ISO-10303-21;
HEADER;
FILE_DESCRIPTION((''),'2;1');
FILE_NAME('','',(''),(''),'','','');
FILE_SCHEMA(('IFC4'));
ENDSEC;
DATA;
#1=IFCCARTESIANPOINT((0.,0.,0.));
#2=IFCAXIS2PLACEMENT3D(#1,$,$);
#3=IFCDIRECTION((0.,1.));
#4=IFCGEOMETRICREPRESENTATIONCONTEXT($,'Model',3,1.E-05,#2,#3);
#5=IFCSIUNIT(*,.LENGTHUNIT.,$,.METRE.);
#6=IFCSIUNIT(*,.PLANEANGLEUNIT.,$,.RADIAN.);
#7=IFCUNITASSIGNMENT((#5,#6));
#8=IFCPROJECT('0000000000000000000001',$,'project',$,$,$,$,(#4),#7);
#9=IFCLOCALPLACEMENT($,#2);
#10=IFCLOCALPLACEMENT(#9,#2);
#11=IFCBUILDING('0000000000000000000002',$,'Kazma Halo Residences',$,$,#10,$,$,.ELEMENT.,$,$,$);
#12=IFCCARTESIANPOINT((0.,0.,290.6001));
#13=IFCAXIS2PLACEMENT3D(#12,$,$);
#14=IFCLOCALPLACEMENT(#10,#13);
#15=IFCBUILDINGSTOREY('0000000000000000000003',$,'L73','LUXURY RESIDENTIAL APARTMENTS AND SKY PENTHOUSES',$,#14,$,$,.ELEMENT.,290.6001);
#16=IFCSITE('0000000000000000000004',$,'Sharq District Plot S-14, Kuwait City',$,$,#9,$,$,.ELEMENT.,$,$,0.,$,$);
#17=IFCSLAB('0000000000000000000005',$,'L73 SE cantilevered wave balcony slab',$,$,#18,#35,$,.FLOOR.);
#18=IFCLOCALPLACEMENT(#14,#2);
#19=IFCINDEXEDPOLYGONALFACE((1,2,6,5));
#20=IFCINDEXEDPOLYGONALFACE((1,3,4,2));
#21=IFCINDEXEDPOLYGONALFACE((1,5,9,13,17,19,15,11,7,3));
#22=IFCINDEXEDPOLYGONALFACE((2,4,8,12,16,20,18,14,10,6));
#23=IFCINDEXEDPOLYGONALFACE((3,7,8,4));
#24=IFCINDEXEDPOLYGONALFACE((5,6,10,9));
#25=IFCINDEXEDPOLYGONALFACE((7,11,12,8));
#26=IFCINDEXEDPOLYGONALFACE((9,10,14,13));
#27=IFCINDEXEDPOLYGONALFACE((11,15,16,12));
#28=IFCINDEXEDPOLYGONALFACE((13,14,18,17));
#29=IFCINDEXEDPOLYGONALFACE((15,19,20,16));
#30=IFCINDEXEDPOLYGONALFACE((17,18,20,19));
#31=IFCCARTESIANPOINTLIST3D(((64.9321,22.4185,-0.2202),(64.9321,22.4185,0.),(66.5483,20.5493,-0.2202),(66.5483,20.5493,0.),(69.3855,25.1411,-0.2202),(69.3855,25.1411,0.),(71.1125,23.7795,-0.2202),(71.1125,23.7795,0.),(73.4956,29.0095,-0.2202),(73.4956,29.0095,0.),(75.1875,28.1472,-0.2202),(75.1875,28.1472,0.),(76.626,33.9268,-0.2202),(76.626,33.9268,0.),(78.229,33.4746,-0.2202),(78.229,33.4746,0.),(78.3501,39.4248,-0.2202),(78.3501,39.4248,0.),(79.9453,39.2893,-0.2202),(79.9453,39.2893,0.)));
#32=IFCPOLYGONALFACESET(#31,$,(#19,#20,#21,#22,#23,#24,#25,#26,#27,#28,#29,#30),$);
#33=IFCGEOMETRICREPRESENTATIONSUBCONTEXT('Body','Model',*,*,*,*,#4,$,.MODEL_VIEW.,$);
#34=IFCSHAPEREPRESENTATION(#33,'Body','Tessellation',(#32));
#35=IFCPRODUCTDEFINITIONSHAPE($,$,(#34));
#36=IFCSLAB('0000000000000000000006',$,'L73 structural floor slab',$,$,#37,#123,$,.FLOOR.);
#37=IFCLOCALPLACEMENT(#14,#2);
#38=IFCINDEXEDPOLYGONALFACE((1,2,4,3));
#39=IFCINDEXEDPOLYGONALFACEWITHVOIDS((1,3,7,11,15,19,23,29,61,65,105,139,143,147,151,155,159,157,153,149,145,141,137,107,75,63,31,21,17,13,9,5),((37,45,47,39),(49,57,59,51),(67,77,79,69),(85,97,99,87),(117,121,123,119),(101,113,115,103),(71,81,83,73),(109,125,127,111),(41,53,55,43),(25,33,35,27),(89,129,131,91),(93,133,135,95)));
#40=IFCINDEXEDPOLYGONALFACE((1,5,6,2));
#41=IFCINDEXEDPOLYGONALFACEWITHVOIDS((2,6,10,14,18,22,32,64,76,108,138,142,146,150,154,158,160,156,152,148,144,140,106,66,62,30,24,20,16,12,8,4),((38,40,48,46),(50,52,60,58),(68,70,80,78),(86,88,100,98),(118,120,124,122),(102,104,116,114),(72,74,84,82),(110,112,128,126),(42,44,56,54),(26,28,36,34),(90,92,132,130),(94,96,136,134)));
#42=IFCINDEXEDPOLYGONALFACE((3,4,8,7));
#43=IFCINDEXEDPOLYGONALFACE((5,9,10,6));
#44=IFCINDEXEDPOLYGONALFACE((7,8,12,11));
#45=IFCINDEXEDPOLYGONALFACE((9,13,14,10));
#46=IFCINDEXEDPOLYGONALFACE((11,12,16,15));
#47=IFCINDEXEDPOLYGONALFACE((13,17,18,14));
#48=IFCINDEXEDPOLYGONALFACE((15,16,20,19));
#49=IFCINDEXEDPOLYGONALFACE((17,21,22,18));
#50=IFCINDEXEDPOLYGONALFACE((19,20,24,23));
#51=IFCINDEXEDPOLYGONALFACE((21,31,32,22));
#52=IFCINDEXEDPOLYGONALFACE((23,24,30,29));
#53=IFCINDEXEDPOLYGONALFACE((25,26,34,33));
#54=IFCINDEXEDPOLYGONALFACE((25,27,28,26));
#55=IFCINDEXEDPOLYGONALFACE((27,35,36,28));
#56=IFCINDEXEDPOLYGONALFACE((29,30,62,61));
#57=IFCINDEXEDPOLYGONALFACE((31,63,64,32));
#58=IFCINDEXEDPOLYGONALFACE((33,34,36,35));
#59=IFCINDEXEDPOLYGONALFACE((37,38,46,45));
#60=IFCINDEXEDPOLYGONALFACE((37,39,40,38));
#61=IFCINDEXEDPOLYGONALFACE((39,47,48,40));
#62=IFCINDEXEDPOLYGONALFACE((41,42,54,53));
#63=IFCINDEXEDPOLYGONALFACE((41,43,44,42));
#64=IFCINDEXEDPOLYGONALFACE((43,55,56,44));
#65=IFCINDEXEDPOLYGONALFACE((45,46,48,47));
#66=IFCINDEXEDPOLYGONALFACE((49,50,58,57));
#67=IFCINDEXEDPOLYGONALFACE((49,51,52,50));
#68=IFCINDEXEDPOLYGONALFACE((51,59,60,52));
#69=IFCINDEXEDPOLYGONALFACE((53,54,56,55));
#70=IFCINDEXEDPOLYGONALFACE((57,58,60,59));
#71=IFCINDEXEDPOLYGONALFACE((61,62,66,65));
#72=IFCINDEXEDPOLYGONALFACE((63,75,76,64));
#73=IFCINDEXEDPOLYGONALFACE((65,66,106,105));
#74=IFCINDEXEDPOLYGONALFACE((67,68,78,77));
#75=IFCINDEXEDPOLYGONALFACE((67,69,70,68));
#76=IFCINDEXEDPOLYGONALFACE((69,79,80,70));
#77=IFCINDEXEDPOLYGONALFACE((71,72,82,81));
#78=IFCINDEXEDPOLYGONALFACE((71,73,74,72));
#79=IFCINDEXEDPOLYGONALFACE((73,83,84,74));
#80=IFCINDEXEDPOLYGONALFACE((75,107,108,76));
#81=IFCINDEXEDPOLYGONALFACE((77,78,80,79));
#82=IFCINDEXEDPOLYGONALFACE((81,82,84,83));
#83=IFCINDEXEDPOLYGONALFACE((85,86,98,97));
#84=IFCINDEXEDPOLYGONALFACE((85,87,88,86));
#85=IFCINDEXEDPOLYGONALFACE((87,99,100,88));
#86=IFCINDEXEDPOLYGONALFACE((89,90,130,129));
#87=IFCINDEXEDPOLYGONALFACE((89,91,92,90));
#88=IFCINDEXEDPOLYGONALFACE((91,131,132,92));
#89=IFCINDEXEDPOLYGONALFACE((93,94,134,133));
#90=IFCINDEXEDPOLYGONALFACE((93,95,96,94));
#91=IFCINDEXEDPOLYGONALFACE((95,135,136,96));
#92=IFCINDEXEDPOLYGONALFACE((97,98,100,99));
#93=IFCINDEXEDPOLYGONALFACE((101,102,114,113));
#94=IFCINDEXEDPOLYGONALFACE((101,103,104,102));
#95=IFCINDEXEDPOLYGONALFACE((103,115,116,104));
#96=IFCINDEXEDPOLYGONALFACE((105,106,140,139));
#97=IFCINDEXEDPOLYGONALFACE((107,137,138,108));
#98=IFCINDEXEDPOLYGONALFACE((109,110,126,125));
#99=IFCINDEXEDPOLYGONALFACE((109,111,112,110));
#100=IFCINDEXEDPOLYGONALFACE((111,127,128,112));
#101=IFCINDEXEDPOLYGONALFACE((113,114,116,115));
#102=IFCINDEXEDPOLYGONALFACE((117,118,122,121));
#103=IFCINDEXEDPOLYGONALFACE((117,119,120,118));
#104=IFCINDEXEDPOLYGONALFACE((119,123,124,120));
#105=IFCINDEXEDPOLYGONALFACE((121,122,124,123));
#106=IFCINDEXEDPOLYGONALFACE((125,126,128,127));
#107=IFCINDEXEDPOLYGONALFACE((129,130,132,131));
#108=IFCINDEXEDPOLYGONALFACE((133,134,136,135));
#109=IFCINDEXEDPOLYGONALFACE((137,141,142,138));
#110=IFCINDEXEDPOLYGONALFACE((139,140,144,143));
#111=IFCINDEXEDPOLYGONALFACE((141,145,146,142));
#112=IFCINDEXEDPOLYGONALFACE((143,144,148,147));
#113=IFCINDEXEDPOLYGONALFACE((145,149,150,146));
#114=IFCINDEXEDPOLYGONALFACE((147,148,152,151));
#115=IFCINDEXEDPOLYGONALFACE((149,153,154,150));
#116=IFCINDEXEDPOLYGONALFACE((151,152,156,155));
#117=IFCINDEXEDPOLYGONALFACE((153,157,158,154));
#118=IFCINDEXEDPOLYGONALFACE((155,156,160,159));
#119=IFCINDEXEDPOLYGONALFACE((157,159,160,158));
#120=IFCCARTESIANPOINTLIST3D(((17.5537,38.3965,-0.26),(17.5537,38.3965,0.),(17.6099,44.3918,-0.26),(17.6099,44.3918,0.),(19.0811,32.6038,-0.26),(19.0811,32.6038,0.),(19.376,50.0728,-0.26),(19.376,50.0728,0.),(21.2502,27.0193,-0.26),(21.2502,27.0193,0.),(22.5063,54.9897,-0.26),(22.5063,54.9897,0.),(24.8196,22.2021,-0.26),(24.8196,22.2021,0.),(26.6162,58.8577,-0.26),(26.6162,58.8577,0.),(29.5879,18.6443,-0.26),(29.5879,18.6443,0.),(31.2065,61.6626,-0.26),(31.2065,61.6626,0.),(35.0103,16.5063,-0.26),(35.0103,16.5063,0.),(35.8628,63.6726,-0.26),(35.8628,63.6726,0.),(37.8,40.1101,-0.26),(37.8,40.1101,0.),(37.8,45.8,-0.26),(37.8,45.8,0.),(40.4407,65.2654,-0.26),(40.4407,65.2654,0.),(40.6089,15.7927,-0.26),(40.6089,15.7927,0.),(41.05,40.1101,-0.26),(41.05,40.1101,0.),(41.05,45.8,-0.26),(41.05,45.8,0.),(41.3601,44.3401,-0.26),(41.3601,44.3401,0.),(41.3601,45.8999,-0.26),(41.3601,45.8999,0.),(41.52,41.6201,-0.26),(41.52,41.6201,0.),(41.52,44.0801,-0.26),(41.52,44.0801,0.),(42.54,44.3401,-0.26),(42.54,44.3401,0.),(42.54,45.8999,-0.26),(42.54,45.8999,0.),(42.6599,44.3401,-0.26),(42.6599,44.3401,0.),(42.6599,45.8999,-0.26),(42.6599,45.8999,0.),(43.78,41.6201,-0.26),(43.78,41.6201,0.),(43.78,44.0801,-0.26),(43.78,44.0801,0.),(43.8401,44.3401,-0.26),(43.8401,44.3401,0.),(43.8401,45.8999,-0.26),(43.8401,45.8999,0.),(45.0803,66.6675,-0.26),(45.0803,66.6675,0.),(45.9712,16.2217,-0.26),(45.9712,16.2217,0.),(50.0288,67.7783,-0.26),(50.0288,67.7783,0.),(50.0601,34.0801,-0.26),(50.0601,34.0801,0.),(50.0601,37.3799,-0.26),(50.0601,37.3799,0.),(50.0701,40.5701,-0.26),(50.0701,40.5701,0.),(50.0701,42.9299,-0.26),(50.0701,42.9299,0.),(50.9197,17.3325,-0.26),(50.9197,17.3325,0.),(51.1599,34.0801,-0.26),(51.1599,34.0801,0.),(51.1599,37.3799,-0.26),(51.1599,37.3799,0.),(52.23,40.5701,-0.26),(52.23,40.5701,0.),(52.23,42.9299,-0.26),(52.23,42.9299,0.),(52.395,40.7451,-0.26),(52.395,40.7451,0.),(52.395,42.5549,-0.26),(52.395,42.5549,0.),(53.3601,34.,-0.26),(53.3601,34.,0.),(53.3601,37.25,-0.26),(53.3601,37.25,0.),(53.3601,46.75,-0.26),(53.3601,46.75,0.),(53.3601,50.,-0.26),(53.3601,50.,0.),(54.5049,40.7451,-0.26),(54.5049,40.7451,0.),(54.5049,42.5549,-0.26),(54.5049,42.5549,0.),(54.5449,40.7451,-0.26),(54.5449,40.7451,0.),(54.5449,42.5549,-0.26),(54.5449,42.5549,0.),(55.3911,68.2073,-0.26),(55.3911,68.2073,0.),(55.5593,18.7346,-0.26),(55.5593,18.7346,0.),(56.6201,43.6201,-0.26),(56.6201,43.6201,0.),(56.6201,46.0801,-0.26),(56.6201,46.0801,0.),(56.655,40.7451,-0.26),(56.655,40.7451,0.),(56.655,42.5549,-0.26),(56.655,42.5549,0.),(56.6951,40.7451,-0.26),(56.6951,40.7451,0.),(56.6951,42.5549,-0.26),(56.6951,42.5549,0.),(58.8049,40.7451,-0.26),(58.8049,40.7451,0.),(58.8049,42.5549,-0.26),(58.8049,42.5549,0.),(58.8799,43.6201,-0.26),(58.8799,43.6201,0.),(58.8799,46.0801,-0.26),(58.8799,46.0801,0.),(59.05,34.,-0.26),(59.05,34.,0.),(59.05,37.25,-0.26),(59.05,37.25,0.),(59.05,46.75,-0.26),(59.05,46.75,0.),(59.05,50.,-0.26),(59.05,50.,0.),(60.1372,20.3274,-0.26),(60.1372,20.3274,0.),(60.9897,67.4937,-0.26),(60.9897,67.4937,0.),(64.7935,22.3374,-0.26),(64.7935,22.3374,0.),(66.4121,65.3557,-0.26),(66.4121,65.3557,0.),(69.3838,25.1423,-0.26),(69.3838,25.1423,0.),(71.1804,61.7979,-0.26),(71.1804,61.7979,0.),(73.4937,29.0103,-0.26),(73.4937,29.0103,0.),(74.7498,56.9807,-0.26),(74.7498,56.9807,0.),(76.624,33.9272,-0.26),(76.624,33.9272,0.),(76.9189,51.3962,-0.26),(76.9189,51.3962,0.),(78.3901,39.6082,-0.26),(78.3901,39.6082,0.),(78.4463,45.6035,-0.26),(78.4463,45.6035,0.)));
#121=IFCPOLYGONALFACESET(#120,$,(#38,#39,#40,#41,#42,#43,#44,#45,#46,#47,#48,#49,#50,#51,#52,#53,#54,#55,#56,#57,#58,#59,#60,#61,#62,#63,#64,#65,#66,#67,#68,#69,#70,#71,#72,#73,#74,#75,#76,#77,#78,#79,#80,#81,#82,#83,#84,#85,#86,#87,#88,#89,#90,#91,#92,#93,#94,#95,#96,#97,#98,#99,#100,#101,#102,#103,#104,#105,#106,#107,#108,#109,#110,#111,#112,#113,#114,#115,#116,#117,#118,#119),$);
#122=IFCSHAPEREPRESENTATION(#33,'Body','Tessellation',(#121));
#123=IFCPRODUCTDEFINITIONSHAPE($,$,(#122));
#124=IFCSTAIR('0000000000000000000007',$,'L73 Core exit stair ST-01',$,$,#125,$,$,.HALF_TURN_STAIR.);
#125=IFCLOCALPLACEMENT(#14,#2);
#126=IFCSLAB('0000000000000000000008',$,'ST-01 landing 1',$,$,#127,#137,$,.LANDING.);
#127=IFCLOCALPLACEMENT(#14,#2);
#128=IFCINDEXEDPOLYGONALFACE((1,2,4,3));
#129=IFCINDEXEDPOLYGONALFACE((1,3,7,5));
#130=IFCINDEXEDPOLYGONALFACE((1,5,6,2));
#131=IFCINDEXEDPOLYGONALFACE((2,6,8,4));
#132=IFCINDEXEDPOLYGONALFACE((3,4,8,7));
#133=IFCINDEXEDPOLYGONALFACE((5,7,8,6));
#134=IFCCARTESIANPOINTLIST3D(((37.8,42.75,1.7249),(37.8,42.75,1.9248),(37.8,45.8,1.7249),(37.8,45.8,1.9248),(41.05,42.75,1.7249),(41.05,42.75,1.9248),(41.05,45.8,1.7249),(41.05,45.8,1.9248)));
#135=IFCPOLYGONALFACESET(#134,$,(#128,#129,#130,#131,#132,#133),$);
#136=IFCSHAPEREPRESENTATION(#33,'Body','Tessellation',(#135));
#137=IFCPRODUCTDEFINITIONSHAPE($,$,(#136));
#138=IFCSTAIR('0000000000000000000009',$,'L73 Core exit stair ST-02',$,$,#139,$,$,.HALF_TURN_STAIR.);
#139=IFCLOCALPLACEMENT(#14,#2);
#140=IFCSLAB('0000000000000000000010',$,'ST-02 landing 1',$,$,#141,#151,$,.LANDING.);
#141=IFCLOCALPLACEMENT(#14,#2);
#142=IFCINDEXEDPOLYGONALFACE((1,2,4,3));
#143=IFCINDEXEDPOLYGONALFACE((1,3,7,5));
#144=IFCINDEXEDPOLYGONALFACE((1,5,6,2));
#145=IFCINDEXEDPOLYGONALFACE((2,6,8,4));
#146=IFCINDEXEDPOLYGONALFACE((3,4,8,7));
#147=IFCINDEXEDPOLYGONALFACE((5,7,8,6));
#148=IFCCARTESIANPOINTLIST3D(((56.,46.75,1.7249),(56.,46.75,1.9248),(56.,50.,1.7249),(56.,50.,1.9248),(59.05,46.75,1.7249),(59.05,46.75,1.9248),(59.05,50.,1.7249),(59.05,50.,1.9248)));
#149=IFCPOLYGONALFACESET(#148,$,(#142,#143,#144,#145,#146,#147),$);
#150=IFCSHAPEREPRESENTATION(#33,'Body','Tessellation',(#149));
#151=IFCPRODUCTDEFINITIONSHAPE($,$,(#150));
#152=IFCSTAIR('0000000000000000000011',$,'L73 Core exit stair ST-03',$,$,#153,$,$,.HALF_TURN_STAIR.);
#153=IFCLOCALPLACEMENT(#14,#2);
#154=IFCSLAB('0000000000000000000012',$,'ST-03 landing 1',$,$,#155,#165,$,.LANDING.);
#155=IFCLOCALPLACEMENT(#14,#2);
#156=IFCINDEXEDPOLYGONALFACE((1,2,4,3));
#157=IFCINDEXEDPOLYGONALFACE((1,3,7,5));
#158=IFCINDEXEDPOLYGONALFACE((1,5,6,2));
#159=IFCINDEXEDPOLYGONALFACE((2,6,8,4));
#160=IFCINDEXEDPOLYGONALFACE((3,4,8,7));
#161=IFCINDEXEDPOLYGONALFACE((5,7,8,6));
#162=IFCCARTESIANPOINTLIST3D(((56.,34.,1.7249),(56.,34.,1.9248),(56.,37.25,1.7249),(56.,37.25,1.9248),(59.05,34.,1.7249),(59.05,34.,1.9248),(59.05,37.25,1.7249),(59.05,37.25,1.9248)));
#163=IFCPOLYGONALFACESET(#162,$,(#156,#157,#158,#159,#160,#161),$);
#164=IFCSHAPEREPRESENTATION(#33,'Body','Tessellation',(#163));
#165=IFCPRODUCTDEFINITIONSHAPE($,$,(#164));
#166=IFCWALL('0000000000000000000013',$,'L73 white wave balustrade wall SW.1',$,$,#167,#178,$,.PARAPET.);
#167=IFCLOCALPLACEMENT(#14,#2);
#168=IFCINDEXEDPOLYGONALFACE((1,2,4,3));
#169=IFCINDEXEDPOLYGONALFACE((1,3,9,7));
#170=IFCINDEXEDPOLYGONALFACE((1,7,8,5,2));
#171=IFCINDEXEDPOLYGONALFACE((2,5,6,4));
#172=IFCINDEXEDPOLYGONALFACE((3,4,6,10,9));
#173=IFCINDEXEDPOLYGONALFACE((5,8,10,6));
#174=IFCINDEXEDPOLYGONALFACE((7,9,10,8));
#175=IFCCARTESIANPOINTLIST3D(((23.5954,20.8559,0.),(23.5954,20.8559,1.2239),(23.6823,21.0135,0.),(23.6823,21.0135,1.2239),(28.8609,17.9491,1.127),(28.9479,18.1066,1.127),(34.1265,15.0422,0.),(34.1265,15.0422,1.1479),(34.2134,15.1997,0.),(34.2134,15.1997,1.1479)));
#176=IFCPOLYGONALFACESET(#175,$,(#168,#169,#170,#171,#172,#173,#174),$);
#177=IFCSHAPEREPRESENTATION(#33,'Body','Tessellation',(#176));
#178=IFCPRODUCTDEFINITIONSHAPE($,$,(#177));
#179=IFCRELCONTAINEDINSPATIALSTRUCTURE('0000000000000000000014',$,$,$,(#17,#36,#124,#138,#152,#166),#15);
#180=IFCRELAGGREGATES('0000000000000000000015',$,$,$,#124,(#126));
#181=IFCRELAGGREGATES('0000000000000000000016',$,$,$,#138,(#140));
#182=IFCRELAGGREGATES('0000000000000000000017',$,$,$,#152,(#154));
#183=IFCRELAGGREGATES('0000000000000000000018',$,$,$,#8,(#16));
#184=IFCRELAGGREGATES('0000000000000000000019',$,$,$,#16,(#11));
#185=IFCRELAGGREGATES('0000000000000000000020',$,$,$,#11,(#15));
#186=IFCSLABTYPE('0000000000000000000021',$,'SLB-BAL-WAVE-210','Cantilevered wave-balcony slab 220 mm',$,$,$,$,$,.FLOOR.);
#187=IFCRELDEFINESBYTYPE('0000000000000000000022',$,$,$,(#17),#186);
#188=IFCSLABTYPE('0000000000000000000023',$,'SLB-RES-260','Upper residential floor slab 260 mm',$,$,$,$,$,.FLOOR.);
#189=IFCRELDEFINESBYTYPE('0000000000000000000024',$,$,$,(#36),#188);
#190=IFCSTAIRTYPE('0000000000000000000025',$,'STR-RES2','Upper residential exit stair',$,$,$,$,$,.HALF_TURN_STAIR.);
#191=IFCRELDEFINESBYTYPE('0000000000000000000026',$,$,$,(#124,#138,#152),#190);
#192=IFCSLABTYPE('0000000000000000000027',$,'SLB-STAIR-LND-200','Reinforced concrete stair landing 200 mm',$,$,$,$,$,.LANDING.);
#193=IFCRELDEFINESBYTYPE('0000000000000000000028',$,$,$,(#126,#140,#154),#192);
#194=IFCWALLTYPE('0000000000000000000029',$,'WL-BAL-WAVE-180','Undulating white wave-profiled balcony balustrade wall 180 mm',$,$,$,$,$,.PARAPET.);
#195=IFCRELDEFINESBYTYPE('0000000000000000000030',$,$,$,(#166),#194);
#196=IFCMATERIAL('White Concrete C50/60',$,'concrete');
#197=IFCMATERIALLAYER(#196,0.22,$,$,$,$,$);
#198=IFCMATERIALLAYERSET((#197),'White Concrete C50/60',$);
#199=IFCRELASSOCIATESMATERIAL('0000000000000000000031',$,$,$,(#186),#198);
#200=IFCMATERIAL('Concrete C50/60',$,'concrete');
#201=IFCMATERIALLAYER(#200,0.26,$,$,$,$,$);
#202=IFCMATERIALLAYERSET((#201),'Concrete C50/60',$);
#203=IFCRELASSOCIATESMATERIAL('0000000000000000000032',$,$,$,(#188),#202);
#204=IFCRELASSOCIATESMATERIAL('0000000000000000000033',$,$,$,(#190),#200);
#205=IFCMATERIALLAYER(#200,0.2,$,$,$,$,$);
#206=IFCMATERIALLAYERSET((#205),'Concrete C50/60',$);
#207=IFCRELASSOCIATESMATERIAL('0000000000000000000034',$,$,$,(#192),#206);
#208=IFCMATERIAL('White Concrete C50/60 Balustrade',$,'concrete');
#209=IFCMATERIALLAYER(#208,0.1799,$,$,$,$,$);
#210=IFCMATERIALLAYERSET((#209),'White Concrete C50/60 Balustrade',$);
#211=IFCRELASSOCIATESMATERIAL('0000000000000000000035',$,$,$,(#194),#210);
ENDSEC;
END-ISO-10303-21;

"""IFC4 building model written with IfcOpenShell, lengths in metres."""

from ifc_helpers import new_model, si_unit, direction, frame, origin, place, context, subcontext, project, spatial, polyline, outline, extrude, material, layer, layer_set, type_object, element, aggregate, save


model = new_model("IFC4")

# Units and contexts
model_context = context("Model", 3, precision=1e-05, world=origin(), true_north=direction((0.0, 1.0)))
body_context = subcontext(model_context, "Body", "Model", "MODEL_VIEW")
ifc_project = project(units=[si_unit("LENGTHUNIT", "METRE"), si_unit("PLANEANGLEUNIT", "RADIAN")], contexts=[model_context])

# Site, building, storey
site_placement = place(None, origin())
site = spatial("IfcSite", under=ifc_project, at=site_placement, Name="Sharq District Plot S-14, Kuwait City", CompositionType="ELEMENT", RefElevation=0.0)
building_placement = place(site_placement, origin())
building = spatial("IfcBuilding", under=site, at=building_placement, Name="Kazma Halo Residences", CompositionType="ELEMENT")
storey_placement = place(building_placement, frame((0.0, 0.0, 290.6001)))
storey = spatial("IfcBuildingStorey", under=building, at=storey_placement, Name="L73", Description="LUXURY RESIDENTIAL APARTMENTS AND SKY PENTHOUSES", CompositionType="ELEMENT", Elevation=290.6001)

# Slabs
ifc_material_1 = material(Name="White Concrete C50/60", Category="concrete")
ifc_layer_1 = layer(ifc_material_1, 0.22)
ifc_layer_set_1 = layer_set([ifc_layer_1], Name="White Concrete C50/60")
slab_type_1 = type_object("IfcSlabType", Name="SLB-BAL-WAVE-210", Description="Cantilevered wave-balcony slab 220 mm", PredefinedType="FLOOR", material=ifc_layer_set_1)
slab_1_placement = place(storey_placement, frame((0.0, 0.0, -0.2202)))
element("IfcSlab", 1, at=slab_1_placement, inside=storey, type_object=slab_type_1, Name="L73 SE cantilevered wave balcony slab", PredefinedType="FLOOR", context=body_context, shape_type="SweptSolid", body=[
    extrude(outline(polyline([(64.9321, 22.4185), (69.3855, 25.1411), (73.4956, 29.0095), (76.626, 33.9268), (78.3501, 39.4248), (79.9453, 39.2893), (78.229, 33.4746), (75.1875, 28.1472), (71.1125, 23.7795), (66.5483, 20.5493), (64.9321, 22.4185)])), origin(), (0.0, 0.0, 1.0), 0.2202),
])
ifc_material_2 = material(Name="Concrete C50/60", Category="concrete")
ifc_layer_2 = layer(ifc_material_2, 0.26)
ifc_layer_set_2 = layer_set([ifc_layer_2], Name="Concrete C50/60")
slab_type_2 = type_object("IfcSlabType", Name="SLB-RES-260", Description="Upper residential floor slab 260 mm", PredefinedType="FLOOR", material=ifc_layer_set_2)
slab_2_placement = place(storey_placement, frame((0.0, 0.0, -0.26)))
element("IfcSlab", 2, at=slab_2_placement, inside=storey, type_object=slab_type_2, Name="L73 structural floor slab", PredefinedType="FLOOR", context=body_context, shape_type="SweptSolid", body=[
    extrude(outline(polyline([(76.9189, 51.3962), (74.7498, 56.9807), (71.1804, 61.7979), (66.4121, 65.3557), (60.9897, 67.4937), (55.3911, 68.2073), (50.0288, 67.7783), (45.0803, 66.6675), (40.4407, 65.2654), (35.8628, 63.6726), (31.2065, 61.6626), (26.6162, 58.8577), (22.5063, 54.9897), (19.376, 50.0728), (17.6099, 44.3918), (17.5537, 38.3965), (19.0811, 32.6038), (21.2502, 27.0193), (24.8196, 22.2021), (29.5879, 18.6443), (35.0103, 16.5063), (40.6089, 15.7927), (45.9712, 16.2217), (50.9197, 17.3325), (55.5593, 18.7346), (60.1372, 20.3274), (64.7935, 22.3374), (69.3838, 25.1423), (73.4937, 29.0103), (76.624, 33.9272), (78.3901, 39.6082), (78.4463, 45.6035), (76.9189, 51.3962)]), holes=[polyline([(37.8, 40.1101), (41.05, 40.1101), (41.05, 45.8), (37.8, 45.8), (37.8, 40.1101)]), polyline([(53.3601, 46.75), (59.05, 46.75), (59.05, 50.0), (53.3601, 50.0), (53.3601, 46.75)]), polyline([(53.3601, 34.0), (59.05, 34.0), (59.05, 37.25), (53.3601, 37.25), (53.3601, 34.0)]), polyline([(41.52, 41.6201), (43.78, 41.6201), (43.78, 44.0801), (41.52, 44.0801), (41.52, 41.6201)]), polyline([(56.6201, 43.6201), (58.8799, 43.6201), (58.8799, 46.0801), (56.6201, 46.0801), (56.6201, 43.6201)]), polyline([(52.395, 40.7451), (54.5049, 40.7451), (54.5049, 42.5549), (52.395, 42.5549), (52.395, 40.7451)]), polyline([(54.5449, 40.7451), (56.655, 40.7451), (56.655, 42.5549), (54.5449, 42.5549), (54.5449, 40.7451)]), polyline([(56.6951, 40.7451), (58.8049, 40.7451), (58.8049, 42.5549), (56.6951, 42.5549), (56.6951, 40.7451)]), polyline([(50.0701, 40.5701), (52.23, 40.5701), (52.23, 42.9299), (50.0701, 42.9299), (50.0701, 40.5701)]), polyline([(41.3601, 44.3401), (42.54, 44.3401), (42.54, 45.8999), (41.3601, 45.8999), (41.3601, 44.3401)]), polyline([(42.6599, 44.3401), (43.8401, 44.3401), (43.8401, 45.8999), (42.6599, 45.8999), (42.6599, 44.3401)]), polyline([(50.0601, 34.0801), (51.1599, 34.0801), (51.1599, 37.3799), (50.0601, 37.3799), (50.0601, 34.0801)])]), origin(), (0.0, 0.0, 1.0), 0.26),
])

# Stairs, slabs
stair_type = type_object("IfcStairType", Name="STR-RES2", Description="Upper residential exit stair", PredefinedType="HALF_TURN_STAIR", material=ifc_material_2)
stair_1_placement = place(storey_placement, origin())
stair_1 = element("IfcStair", 3, at=stair_1_placement, inside=storey, type_object=stair_type, Name="L73 Core exit stair ST-01", PredefinedType="HALF_TURN_STAIR")
ifc_layer_3 = layer(ifc_material_2, 0.2)
ifc_layer_set_3 = layer_set([ifc_layer_3], Name="Concrete C50/60")
slab_type_3 = type_object("IfcSlabType", Name="SLB-STAIR-LND-200", Description="Reinforced concrete stair landing 200 mm", PredefinedType="LANDING", material=ifc_layer_set_3)
slab_3_placement = place(storey_placement, frame((0.0, 0.0, 1.7249)))
slab_3 = element("IfcSlab", 4, at=slab_3_placement, type_object=slab_type_3, Name="ST-01 landing 1", PredefinedType="LANDING", context=body_context, shape_type="SweptSolid", body=[
    extrude(outline(polyline([(41.05, 42.75), (41.05, 45.8), (37.8, 45.8), (37.8, 42.75), (41.05, 42.75)])), origin(), (0.0, 0.0, 1.0), 0.2),
])
aggregate(stair_1, [slab_3])
stair_2_placement = place(storey_placement, origin())
stair_2 = element("IfcStair", 5, at=stair_2_placement, inside=storey, type_object=stair_type, Name="L73 Core exit stair ST-02", PredefinedType="HALF_TURN_STAIR")
slab_4_placement = place(storey_placement, frame((0.0, 0.0, 1.7249)))
slab_4 = element("IfcSlab", 6, at=slab_4_placement, type_object=slab_type_3, Name="ST-02 landing 1", PredefinedType="LANDING", context=body_context, shape_type="SweptSolid", body=[
    extrude(outline(polyline([(56.0, 46.75), (59.05, 46.75), (59.05, 50.0), (56.0, 50.0), (56.0, 46.75)])), origin(), (0.0, 0.0, 1.0), 0.2),
])
aggregate(stair_2, [slab_4])
stair_3_placement = place(storey_placement, origin())
stair_3 = element("IfcStair", 7, at=stair_3_placement, inside=storey, type_object=stair_type, Name="L73 Core exit stair ST-03", PredefinedType="HALF_TURN_STAIR")
slab_5_placement = place(storey_placement, frame((0.0, 0.0, 1.7249)))
slab_5 = element("IfcSlab", 8, at=slab_5_placement, type_object=slab_type_3, Name="ST-03 landing 1", PredefinedType="LANDING", context=body_context, shape_type="SweptSolid", body=[
    extrude(outline(polyline([(56.0, 34.0), (59.05, 34.0), (59.05, 37.25), (56.0, 37.25), (56.0, 34.0)])), origin(), (0.0, 0.0, 1.0), 0.2),
])
aggregate(stair_3, [slab_5])

# Wall
ifc_material_3 = material(Name="White Concrete C50/60 Balustrade", Category="concrete")
ifc_layer_4 = layer(ifc_material_3, 0.1799)
ifc_layer_set_4 = layer_set([ifc_layer_4], Name="White Concrete C50/60 Balustrade")
wall_type_1 = type_object("IfcWallType", Name="WL-BAL-WAVE-180", Description="Undulating white wave-profiled balcony balustrade wall 180 mm", PredefinedType="PARAPET", material=ifc_layer_set_4)
wall_1_placement = place(storey_placement, frame((23.6389, 20.9348, 0.0), z_axis=(0.0, 0.0, 1.0), x_axis=(0.875454, -0.483301, 0.0)))
element("IfcWall", 9, at=wall_1_placement, inside=storey, type_object=wall_type_1, Name="L73 white wave balustrade wall SW.1", PredefinedType="PARAPET", context=body_context, shape_type="SweptSolid", body=[
    extrude(outline(polyline([(0.0, 0.0), (12.0293, 0.0), (12.0293, 1.1479), (6.0146, 1.127), (0.0, 1.2239), (0.0, 0.0)])), frame((0.0, 0.0898, 0.0), z_axis=(0.0, -1.0, 0.0), x_axis=(1.0, 0.0, 0.0)), (0.0, 0.0, 1.0), 0.1799),
])

save(model, "model.ifc")
